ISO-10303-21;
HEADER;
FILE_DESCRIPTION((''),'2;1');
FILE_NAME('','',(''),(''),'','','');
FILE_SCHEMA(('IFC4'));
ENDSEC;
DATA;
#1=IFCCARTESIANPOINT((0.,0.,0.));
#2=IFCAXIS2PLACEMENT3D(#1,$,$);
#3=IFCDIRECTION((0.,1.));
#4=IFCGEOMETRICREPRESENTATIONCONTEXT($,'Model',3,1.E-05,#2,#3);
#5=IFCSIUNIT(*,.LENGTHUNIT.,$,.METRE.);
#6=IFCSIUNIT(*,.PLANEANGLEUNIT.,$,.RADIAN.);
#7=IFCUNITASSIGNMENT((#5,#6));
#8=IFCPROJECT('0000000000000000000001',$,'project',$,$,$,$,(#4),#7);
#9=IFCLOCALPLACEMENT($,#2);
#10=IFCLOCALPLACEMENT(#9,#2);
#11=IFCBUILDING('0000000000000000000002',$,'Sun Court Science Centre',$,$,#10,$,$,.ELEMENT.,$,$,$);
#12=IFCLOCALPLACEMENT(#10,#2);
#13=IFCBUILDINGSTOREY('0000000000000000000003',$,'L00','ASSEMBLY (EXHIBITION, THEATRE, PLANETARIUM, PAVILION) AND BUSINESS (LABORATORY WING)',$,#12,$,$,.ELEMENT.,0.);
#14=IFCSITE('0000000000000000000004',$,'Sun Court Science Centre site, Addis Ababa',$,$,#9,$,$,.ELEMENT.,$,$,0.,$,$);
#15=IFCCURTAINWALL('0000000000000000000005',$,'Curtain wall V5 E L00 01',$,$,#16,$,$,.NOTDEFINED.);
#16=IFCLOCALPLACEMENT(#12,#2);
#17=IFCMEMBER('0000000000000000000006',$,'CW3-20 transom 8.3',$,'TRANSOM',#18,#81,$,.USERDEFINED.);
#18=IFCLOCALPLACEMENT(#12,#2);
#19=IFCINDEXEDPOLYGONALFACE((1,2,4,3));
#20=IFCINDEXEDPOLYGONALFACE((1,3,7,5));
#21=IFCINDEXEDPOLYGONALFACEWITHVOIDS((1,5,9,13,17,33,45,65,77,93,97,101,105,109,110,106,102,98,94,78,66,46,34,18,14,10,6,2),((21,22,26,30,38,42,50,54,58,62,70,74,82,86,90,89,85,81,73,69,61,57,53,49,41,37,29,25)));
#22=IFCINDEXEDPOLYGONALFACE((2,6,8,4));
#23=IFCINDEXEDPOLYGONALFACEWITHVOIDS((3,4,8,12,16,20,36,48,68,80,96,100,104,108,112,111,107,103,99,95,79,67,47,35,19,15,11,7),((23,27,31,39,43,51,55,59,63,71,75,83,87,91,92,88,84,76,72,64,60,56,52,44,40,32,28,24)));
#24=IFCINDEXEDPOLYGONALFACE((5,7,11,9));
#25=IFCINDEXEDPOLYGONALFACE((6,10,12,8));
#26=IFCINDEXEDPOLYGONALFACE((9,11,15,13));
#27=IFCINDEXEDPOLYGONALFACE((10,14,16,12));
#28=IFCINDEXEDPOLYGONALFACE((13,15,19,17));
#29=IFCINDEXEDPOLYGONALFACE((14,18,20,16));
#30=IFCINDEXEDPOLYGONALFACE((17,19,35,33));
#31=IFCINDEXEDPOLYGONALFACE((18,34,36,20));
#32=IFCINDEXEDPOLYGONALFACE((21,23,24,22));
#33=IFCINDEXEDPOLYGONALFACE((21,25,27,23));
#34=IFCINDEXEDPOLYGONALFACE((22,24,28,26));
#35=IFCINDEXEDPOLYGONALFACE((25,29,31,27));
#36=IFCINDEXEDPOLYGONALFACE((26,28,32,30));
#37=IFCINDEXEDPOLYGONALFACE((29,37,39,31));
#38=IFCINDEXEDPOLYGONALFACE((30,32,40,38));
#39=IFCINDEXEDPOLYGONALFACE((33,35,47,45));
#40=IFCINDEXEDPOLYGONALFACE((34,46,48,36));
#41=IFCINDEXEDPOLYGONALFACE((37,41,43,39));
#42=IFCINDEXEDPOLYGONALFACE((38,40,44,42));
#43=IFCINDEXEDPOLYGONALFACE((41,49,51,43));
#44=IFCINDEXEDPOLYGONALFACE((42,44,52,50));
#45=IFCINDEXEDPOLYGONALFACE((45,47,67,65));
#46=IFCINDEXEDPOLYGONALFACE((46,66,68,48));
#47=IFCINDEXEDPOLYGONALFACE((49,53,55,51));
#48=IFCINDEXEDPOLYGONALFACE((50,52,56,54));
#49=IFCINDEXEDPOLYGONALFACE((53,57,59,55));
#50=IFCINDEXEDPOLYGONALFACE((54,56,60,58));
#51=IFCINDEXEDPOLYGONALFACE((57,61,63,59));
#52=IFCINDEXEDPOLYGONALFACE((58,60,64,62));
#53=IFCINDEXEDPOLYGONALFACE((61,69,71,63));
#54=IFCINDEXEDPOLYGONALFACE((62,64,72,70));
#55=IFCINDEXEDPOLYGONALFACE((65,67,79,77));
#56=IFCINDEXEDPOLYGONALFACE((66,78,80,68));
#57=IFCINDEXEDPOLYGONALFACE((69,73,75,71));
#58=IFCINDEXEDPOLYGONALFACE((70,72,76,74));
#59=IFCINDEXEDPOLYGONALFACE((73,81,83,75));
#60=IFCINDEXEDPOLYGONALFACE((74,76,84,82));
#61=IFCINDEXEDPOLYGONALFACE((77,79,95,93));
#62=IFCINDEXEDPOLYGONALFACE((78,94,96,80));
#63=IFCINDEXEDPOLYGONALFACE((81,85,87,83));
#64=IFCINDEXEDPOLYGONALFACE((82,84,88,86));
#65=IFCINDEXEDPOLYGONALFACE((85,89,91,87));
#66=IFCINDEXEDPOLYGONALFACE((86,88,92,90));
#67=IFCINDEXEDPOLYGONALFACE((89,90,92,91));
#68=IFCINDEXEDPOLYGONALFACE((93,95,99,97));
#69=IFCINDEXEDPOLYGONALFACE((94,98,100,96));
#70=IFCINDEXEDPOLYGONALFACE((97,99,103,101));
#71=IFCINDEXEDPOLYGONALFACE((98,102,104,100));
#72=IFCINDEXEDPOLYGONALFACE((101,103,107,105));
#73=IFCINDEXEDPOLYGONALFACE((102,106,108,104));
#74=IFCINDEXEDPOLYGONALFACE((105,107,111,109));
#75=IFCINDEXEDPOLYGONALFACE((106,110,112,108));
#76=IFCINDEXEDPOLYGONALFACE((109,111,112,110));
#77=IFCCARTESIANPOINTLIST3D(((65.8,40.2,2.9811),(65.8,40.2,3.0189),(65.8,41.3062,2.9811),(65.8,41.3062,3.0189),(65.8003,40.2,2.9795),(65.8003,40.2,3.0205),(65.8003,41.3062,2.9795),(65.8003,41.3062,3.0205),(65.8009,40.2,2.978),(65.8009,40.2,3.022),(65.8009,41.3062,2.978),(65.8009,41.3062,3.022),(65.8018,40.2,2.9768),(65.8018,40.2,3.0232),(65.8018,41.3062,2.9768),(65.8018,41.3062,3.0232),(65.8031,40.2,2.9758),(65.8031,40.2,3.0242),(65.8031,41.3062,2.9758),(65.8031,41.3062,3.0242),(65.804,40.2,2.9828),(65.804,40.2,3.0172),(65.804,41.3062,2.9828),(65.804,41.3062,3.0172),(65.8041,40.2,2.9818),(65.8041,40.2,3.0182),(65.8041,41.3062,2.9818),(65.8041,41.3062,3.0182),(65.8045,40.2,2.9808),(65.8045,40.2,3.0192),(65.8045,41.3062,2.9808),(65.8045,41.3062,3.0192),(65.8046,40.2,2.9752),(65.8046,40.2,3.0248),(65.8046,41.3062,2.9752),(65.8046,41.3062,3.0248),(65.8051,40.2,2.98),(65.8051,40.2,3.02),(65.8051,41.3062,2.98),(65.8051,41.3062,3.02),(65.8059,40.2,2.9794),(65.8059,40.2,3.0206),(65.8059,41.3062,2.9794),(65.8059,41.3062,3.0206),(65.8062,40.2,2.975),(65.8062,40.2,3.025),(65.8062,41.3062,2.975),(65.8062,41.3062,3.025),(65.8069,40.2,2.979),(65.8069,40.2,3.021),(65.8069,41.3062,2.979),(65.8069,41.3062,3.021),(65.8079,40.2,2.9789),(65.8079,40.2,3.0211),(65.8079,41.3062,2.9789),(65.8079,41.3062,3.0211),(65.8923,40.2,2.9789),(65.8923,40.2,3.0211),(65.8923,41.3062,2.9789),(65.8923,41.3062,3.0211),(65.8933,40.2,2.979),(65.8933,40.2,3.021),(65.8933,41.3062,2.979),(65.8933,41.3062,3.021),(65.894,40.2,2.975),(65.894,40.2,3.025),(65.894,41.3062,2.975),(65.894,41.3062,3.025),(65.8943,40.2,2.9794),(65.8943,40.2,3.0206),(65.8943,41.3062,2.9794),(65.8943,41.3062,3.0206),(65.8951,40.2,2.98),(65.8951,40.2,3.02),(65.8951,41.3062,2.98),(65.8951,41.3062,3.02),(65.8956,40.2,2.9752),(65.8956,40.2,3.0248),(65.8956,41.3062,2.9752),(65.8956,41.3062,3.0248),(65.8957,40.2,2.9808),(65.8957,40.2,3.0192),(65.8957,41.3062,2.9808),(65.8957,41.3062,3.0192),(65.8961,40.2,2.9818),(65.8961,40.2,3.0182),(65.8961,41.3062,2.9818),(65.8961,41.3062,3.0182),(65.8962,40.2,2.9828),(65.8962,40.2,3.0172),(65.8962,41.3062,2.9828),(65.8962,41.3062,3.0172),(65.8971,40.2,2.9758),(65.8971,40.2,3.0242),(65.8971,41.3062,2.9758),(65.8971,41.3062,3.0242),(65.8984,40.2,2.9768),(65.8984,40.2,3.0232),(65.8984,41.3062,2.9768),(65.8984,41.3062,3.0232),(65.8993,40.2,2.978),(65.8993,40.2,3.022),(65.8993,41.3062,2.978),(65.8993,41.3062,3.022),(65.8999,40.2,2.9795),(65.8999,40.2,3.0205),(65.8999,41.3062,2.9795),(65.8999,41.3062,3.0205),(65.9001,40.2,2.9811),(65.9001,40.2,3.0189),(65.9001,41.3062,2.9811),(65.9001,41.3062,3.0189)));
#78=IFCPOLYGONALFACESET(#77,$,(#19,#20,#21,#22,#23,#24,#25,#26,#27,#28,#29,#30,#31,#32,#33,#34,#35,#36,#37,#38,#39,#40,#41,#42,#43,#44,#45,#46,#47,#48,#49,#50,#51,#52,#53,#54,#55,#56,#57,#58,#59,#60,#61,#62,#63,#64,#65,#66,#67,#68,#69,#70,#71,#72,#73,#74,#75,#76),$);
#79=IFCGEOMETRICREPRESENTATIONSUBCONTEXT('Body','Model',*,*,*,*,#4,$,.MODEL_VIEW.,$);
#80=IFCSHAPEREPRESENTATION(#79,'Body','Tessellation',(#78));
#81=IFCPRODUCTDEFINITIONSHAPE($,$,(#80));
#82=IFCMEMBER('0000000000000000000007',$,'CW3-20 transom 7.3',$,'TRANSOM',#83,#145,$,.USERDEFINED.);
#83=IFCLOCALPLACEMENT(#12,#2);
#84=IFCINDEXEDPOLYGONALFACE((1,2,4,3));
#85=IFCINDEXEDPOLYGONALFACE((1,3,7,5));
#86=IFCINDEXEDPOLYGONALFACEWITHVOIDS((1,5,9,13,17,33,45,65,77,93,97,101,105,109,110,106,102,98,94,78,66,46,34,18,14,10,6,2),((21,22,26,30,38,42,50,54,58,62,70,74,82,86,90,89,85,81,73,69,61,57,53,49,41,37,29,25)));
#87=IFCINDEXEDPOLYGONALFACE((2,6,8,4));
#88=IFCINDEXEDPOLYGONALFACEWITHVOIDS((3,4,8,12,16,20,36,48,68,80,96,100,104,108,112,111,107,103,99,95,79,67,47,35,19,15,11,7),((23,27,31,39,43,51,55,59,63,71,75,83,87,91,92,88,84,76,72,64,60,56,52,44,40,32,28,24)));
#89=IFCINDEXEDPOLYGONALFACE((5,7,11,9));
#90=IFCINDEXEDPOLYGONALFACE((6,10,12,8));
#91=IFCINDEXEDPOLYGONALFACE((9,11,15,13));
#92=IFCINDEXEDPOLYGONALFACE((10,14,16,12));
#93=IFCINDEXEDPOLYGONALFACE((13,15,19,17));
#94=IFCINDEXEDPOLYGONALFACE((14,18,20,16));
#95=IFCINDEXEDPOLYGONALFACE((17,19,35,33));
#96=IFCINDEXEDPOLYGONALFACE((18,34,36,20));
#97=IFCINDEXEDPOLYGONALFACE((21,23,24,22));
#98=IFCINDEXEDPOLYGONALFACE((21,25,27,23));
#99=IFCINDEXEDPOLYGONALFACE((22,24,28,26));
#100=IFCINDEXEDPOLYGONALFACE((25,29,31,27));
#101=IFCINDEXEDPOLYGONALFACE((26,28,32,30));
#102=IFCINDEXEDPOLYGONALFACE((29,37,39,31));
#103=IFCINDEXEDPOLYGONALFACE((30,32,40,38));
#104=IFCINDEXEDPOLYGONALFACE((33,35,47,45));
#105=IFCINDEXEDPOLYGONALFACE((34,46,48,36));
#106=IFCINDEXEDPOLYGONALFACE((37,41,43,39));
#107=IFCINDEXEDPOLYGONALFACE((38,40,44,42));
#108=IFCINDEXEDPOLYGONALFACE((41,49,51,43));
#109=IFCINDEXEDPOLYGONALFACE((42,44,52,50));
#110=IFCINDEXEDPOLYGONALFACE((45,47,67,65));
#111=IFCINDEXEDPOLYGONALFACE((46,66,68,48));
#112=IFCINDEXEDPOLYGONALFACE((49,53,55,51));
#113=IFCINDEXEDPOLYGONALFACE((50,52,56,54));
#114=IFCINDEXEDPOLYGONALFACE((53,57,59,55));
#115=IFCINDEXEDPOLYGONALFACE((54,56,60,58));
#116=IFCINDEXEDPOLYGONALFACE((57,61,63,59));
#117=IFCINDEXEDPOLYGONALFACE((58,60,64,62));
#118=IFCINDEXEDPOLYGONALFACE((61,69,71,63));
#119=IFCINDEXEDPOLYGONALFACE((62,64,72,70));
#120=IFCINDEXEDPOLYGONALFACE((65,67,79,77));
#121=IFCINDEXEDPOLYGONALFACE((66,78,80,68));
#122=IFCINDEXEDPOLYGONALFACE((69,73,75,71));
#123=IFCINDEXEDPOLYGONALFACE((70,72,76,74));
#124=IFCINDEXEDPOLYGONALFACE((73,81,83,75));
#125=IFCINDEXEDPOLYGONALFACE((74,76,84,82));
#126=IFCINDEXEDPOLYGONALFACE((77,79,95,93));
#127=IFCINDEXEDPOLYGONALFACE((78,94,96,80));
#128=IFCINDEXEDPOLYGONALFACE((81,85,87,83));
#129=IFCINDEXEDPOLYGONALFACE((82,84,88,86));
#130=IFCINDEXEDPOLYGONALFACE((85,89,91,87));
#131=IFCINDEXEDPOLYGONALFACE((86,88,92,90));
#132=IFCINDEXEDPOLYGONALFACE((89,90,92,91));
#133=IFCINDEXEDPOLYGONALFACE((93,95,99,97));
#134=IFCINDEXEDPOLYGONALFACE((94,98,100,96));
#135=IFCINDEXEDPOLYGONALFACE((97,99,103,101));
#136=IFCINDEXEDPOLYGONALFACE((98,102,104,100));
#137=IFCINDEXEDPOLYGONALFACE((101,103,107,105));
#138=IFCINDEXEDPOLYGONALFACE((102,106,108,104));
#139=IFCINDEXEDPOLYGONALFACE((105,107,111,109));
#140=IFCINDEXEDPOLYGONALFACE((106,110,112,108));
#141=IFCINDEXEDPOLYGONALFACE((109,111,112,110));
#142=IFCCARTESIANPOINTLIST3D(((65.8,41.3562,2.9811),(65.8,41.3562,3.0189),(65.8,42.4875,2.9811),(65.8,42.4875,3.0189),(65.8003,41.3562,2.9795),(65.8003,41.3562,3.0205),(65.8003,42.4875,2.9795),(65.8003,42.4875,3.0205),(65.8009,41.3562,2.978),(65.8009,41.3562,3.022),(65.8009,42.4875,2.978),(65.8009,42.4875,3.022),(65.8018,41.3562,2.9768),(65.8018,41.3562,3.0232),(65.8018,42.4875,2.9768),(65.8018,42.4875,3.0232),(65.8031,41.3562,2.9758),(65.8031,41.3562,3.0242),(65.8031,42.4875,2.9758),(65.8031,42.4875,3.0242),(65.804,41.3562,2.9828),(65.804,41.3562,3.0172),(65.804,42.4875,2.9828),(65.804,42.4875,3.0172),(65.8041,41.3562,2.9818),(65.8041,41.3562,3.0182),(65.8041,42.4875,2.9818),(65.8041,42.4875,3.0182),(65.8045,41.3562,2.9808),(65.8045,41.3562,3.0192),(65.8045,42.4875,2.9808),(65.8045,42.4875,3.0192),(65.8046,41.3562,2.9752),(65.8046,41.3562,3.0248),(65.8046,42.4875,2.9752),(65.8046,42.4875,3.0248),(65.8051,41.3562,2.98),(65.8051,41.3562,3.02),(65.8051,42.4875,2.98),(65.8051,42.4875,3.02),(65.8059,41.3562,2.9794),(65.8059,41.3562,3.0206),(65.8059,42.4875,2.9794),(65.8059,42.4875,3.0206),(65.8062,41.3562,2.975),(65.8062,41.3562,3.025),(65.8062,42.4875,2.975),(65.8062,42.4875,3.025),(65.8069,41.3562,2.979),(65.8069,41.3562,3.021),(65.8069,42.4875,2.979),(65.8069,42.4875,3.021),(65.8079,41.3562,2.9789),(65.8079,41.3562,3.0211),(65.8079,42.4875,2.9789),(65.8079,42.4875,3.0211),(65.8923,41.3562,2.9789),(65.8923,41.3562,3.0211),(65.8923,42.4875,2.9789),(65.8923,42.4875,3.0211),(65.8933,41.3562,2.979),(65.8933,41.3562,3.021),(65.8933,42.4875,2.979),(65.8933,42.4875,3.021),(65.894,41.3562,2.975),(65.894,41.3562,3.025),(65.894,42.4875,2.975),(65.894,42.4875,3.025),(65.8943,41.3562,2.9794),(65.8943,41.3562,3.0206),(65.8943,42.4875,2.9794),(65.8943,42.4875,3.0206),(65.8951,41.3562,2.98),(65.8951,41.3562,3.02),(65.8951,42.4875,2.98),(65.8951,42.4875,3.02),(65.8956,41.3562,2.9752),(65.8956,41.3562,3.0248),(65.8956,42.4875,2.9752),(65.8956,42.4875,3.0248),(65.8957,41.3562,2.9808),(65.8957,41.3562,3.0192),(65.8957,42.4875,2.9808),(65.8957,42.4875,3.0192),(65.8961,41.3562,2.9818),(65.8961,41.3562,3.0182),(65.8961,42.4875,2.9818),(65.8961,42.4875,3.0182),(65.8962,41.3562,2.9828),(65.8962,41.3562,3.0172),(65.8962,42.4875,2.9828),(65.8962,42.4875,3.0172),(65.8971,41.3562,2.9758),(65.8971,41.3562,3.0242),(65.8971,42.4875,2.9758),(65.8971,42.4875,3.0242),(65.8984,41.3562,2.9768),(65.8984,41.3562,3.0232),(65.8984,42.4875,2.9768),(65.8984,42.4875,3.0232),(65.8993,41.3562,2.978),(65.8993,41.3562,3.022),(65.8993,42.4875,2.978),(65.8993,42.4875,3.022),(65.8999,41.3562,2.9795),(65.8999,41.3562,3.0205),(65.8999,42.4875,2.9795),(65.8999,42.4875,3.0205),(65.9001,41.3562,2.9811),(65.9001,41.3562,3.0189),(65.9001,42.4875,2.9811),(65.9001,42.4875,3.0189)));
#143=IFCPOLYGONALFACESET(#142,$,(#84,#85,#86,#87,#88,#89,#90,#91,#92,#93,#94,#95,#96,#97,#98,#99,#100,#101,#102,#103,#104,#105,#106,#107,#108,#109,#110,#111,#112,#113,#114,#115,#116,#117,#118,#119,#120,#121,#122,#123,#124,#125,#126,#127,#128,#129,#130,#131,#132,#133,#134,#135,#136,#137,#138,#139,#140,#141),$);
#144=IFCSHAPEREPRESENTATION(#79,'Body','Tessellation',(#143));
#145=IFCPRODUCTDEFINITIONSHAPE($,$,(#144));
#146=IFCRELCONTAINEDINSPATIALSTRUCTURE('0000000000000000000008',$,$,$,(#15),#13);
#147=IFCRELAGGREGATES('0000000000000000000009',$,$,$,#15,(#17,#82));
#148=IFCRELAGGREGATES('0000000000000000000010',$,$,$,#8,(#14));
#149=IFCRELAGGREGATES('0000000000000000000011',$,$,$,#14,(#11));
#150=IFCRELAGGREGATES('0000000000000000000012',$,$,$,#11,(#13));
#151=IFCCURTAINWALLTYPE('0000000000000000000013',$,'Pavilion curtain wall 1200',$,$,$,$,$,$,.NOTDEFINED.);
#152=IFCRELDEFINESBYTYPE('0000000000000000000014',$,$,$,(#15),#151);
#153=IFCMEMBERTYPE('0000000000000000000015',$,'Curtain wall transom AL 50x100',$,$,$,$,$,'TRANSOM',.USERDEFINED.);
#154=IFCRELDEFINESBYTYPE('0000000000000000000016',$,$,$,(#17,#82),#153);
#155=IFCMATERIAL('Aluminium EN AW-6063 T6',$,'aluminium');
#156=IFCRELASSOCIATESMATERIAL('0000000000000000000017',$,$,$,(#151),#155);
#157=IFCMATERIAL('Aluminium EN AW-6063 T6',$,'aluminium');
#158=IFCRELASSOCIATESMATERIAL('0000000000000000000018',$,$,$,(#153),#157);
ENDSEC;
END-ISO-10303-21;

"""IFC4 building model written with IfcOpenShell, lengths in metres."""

from ifc_helpers import new_model, si_unit, direction, frame, origin, origin_2d, place, context, subcontext, project, spatial, hollow_rectangle, extrude, material, material_profile, profile_set, type_object, element, aggregate, save


model = new_model("IFC4")

# Units and contexts
model_context = context("Model", 3, precision=1e-05, world=origin(), true_north=direction((0.0, 1.0)))
body_context = subcontext(model_context, "Body", "Model", "MODEL_VIEW")
ifc_project = project(units=[si_unit("LENGTHUNIT", "METRE"), si_unit("PLANEANGLEUNIT", "RADIAN")], contexts=[model_context])

# Site, building, storey
site_placement = place(None, origin())
site = spatial("IfcSite", under=ifc_project, at=site_placement, Name="Sun Court Science Centre site, Addis Ababa", CompositionType="ELEMENT", RefElevation=0.0)
building_placement = place(site_placement, origin())
building = spatial("IfcBuilding", under=site, at=building_placement, Name="Sun Court Science Centre", CompositionType="ELEMENT")
storey_placement = place(building_placement, origin())
storey = spatial("IfcBuildingStorey", under=building, at=storey_placement, Name="L00", Description="ASSEMBLY (EXHIBITION, THEATRE, PLANETARIUM, PAVILION) AND BUSINESS (LABORATORY WING)", CompositionType="ELEMENT", Elevation=0.0)

# Curtain wall, members
ifc_material_1 = material(Name="Aluminium EN AW-6063 T6", Category="aluminium")
curtain_wall_type = type_object("IfcCurtainWallType", Name="Pavilion curtain wall 1200", PredefinedType="NOTDEFINED", material=ifc_material_1)
curtain_wall_placement = place(storey_placement, origin())
curtain_wall = element("IfcCurtainWall", 1, at=curtain_wall_placement, inside=storey, type_object=curtain_wall_type, Name="Curtain wall V5 E L00 01", PredefinedType="NOTDEFINED")
ifc_material_2 = material(Name="Aluminium EN AW-6063 T6", Category="aluminium")
ifc_material_profile = material_profile(ifc_material_2, hollow_rectangle(XDim=0.05, YDim=0.1001, WallThickness=0.0039, InnerFilletRadius=0.0039, OuterFilletRadius=0.0061, at=origin_2d()), Name="AL 50x100x4")
ifc_profile_set = profile_set([ifc_material_profile], Name="Aluminium EN AW-6063 T6")
member_type = type_object("IfcMemberType", Name="Curtain wall transom AL 50x100", ElementType="TRANSOM", PredefinedType="USERDEFINED", material=ifc_profile_set)
member_1_placement = place(storey_placement, frame((65.8501, 41.3062, 3.0), z_axis=(0.0, -1.0, 0.0), x_axis=(0.0, 0.0, 1.0)))
member_1 = element("IfcMember", 2, at=member_1_placement, type_object=member_type, Name="CW3-20 transom 8.3", ObjectType="TRANSOM", PredefinedType="USERDEFINED", context=body_context, shape_type="SweptSolid", body=[
    extrude(hollow_rectangle(XDim=0.05, YDim=0.1001, WallThickness=0.0039, InnerFilletRadius=0.0039, OuterFilletRadius=0.0061, at=origin_2d()), origin(), (0.0, 0.0, 1.0), 1.1062),
])
member_2_placement = place(storey_placement, frame((65.8501, 42.4875, 3.0), z_axis=(0.0, -1.0, 0.0), x_axis=(0.0, 0.0, 1.0)))
member_2 = element("IfcMember", 3, at=member_2_placement, type_object=member_type, Name="CW3-20 transom 7.3", ObjectType="TRANSOM", PredefinedType="USERDEFINED", context=body_context, shape_type="SweptSolid", body=[
    extrude(hollow_rectangle(XDim=0.05, YDim=0.1001, WallThickness=0.0039, InnerFilletRadius=0.0039, OuterFilletRadius=0.0061, at=origin_2d()), origin(), (0.0, 0.0, 1.0), 1.1313),
])
aggregate(curtain_wall, [member_1, member_2])

save(model, "model.ifc")
